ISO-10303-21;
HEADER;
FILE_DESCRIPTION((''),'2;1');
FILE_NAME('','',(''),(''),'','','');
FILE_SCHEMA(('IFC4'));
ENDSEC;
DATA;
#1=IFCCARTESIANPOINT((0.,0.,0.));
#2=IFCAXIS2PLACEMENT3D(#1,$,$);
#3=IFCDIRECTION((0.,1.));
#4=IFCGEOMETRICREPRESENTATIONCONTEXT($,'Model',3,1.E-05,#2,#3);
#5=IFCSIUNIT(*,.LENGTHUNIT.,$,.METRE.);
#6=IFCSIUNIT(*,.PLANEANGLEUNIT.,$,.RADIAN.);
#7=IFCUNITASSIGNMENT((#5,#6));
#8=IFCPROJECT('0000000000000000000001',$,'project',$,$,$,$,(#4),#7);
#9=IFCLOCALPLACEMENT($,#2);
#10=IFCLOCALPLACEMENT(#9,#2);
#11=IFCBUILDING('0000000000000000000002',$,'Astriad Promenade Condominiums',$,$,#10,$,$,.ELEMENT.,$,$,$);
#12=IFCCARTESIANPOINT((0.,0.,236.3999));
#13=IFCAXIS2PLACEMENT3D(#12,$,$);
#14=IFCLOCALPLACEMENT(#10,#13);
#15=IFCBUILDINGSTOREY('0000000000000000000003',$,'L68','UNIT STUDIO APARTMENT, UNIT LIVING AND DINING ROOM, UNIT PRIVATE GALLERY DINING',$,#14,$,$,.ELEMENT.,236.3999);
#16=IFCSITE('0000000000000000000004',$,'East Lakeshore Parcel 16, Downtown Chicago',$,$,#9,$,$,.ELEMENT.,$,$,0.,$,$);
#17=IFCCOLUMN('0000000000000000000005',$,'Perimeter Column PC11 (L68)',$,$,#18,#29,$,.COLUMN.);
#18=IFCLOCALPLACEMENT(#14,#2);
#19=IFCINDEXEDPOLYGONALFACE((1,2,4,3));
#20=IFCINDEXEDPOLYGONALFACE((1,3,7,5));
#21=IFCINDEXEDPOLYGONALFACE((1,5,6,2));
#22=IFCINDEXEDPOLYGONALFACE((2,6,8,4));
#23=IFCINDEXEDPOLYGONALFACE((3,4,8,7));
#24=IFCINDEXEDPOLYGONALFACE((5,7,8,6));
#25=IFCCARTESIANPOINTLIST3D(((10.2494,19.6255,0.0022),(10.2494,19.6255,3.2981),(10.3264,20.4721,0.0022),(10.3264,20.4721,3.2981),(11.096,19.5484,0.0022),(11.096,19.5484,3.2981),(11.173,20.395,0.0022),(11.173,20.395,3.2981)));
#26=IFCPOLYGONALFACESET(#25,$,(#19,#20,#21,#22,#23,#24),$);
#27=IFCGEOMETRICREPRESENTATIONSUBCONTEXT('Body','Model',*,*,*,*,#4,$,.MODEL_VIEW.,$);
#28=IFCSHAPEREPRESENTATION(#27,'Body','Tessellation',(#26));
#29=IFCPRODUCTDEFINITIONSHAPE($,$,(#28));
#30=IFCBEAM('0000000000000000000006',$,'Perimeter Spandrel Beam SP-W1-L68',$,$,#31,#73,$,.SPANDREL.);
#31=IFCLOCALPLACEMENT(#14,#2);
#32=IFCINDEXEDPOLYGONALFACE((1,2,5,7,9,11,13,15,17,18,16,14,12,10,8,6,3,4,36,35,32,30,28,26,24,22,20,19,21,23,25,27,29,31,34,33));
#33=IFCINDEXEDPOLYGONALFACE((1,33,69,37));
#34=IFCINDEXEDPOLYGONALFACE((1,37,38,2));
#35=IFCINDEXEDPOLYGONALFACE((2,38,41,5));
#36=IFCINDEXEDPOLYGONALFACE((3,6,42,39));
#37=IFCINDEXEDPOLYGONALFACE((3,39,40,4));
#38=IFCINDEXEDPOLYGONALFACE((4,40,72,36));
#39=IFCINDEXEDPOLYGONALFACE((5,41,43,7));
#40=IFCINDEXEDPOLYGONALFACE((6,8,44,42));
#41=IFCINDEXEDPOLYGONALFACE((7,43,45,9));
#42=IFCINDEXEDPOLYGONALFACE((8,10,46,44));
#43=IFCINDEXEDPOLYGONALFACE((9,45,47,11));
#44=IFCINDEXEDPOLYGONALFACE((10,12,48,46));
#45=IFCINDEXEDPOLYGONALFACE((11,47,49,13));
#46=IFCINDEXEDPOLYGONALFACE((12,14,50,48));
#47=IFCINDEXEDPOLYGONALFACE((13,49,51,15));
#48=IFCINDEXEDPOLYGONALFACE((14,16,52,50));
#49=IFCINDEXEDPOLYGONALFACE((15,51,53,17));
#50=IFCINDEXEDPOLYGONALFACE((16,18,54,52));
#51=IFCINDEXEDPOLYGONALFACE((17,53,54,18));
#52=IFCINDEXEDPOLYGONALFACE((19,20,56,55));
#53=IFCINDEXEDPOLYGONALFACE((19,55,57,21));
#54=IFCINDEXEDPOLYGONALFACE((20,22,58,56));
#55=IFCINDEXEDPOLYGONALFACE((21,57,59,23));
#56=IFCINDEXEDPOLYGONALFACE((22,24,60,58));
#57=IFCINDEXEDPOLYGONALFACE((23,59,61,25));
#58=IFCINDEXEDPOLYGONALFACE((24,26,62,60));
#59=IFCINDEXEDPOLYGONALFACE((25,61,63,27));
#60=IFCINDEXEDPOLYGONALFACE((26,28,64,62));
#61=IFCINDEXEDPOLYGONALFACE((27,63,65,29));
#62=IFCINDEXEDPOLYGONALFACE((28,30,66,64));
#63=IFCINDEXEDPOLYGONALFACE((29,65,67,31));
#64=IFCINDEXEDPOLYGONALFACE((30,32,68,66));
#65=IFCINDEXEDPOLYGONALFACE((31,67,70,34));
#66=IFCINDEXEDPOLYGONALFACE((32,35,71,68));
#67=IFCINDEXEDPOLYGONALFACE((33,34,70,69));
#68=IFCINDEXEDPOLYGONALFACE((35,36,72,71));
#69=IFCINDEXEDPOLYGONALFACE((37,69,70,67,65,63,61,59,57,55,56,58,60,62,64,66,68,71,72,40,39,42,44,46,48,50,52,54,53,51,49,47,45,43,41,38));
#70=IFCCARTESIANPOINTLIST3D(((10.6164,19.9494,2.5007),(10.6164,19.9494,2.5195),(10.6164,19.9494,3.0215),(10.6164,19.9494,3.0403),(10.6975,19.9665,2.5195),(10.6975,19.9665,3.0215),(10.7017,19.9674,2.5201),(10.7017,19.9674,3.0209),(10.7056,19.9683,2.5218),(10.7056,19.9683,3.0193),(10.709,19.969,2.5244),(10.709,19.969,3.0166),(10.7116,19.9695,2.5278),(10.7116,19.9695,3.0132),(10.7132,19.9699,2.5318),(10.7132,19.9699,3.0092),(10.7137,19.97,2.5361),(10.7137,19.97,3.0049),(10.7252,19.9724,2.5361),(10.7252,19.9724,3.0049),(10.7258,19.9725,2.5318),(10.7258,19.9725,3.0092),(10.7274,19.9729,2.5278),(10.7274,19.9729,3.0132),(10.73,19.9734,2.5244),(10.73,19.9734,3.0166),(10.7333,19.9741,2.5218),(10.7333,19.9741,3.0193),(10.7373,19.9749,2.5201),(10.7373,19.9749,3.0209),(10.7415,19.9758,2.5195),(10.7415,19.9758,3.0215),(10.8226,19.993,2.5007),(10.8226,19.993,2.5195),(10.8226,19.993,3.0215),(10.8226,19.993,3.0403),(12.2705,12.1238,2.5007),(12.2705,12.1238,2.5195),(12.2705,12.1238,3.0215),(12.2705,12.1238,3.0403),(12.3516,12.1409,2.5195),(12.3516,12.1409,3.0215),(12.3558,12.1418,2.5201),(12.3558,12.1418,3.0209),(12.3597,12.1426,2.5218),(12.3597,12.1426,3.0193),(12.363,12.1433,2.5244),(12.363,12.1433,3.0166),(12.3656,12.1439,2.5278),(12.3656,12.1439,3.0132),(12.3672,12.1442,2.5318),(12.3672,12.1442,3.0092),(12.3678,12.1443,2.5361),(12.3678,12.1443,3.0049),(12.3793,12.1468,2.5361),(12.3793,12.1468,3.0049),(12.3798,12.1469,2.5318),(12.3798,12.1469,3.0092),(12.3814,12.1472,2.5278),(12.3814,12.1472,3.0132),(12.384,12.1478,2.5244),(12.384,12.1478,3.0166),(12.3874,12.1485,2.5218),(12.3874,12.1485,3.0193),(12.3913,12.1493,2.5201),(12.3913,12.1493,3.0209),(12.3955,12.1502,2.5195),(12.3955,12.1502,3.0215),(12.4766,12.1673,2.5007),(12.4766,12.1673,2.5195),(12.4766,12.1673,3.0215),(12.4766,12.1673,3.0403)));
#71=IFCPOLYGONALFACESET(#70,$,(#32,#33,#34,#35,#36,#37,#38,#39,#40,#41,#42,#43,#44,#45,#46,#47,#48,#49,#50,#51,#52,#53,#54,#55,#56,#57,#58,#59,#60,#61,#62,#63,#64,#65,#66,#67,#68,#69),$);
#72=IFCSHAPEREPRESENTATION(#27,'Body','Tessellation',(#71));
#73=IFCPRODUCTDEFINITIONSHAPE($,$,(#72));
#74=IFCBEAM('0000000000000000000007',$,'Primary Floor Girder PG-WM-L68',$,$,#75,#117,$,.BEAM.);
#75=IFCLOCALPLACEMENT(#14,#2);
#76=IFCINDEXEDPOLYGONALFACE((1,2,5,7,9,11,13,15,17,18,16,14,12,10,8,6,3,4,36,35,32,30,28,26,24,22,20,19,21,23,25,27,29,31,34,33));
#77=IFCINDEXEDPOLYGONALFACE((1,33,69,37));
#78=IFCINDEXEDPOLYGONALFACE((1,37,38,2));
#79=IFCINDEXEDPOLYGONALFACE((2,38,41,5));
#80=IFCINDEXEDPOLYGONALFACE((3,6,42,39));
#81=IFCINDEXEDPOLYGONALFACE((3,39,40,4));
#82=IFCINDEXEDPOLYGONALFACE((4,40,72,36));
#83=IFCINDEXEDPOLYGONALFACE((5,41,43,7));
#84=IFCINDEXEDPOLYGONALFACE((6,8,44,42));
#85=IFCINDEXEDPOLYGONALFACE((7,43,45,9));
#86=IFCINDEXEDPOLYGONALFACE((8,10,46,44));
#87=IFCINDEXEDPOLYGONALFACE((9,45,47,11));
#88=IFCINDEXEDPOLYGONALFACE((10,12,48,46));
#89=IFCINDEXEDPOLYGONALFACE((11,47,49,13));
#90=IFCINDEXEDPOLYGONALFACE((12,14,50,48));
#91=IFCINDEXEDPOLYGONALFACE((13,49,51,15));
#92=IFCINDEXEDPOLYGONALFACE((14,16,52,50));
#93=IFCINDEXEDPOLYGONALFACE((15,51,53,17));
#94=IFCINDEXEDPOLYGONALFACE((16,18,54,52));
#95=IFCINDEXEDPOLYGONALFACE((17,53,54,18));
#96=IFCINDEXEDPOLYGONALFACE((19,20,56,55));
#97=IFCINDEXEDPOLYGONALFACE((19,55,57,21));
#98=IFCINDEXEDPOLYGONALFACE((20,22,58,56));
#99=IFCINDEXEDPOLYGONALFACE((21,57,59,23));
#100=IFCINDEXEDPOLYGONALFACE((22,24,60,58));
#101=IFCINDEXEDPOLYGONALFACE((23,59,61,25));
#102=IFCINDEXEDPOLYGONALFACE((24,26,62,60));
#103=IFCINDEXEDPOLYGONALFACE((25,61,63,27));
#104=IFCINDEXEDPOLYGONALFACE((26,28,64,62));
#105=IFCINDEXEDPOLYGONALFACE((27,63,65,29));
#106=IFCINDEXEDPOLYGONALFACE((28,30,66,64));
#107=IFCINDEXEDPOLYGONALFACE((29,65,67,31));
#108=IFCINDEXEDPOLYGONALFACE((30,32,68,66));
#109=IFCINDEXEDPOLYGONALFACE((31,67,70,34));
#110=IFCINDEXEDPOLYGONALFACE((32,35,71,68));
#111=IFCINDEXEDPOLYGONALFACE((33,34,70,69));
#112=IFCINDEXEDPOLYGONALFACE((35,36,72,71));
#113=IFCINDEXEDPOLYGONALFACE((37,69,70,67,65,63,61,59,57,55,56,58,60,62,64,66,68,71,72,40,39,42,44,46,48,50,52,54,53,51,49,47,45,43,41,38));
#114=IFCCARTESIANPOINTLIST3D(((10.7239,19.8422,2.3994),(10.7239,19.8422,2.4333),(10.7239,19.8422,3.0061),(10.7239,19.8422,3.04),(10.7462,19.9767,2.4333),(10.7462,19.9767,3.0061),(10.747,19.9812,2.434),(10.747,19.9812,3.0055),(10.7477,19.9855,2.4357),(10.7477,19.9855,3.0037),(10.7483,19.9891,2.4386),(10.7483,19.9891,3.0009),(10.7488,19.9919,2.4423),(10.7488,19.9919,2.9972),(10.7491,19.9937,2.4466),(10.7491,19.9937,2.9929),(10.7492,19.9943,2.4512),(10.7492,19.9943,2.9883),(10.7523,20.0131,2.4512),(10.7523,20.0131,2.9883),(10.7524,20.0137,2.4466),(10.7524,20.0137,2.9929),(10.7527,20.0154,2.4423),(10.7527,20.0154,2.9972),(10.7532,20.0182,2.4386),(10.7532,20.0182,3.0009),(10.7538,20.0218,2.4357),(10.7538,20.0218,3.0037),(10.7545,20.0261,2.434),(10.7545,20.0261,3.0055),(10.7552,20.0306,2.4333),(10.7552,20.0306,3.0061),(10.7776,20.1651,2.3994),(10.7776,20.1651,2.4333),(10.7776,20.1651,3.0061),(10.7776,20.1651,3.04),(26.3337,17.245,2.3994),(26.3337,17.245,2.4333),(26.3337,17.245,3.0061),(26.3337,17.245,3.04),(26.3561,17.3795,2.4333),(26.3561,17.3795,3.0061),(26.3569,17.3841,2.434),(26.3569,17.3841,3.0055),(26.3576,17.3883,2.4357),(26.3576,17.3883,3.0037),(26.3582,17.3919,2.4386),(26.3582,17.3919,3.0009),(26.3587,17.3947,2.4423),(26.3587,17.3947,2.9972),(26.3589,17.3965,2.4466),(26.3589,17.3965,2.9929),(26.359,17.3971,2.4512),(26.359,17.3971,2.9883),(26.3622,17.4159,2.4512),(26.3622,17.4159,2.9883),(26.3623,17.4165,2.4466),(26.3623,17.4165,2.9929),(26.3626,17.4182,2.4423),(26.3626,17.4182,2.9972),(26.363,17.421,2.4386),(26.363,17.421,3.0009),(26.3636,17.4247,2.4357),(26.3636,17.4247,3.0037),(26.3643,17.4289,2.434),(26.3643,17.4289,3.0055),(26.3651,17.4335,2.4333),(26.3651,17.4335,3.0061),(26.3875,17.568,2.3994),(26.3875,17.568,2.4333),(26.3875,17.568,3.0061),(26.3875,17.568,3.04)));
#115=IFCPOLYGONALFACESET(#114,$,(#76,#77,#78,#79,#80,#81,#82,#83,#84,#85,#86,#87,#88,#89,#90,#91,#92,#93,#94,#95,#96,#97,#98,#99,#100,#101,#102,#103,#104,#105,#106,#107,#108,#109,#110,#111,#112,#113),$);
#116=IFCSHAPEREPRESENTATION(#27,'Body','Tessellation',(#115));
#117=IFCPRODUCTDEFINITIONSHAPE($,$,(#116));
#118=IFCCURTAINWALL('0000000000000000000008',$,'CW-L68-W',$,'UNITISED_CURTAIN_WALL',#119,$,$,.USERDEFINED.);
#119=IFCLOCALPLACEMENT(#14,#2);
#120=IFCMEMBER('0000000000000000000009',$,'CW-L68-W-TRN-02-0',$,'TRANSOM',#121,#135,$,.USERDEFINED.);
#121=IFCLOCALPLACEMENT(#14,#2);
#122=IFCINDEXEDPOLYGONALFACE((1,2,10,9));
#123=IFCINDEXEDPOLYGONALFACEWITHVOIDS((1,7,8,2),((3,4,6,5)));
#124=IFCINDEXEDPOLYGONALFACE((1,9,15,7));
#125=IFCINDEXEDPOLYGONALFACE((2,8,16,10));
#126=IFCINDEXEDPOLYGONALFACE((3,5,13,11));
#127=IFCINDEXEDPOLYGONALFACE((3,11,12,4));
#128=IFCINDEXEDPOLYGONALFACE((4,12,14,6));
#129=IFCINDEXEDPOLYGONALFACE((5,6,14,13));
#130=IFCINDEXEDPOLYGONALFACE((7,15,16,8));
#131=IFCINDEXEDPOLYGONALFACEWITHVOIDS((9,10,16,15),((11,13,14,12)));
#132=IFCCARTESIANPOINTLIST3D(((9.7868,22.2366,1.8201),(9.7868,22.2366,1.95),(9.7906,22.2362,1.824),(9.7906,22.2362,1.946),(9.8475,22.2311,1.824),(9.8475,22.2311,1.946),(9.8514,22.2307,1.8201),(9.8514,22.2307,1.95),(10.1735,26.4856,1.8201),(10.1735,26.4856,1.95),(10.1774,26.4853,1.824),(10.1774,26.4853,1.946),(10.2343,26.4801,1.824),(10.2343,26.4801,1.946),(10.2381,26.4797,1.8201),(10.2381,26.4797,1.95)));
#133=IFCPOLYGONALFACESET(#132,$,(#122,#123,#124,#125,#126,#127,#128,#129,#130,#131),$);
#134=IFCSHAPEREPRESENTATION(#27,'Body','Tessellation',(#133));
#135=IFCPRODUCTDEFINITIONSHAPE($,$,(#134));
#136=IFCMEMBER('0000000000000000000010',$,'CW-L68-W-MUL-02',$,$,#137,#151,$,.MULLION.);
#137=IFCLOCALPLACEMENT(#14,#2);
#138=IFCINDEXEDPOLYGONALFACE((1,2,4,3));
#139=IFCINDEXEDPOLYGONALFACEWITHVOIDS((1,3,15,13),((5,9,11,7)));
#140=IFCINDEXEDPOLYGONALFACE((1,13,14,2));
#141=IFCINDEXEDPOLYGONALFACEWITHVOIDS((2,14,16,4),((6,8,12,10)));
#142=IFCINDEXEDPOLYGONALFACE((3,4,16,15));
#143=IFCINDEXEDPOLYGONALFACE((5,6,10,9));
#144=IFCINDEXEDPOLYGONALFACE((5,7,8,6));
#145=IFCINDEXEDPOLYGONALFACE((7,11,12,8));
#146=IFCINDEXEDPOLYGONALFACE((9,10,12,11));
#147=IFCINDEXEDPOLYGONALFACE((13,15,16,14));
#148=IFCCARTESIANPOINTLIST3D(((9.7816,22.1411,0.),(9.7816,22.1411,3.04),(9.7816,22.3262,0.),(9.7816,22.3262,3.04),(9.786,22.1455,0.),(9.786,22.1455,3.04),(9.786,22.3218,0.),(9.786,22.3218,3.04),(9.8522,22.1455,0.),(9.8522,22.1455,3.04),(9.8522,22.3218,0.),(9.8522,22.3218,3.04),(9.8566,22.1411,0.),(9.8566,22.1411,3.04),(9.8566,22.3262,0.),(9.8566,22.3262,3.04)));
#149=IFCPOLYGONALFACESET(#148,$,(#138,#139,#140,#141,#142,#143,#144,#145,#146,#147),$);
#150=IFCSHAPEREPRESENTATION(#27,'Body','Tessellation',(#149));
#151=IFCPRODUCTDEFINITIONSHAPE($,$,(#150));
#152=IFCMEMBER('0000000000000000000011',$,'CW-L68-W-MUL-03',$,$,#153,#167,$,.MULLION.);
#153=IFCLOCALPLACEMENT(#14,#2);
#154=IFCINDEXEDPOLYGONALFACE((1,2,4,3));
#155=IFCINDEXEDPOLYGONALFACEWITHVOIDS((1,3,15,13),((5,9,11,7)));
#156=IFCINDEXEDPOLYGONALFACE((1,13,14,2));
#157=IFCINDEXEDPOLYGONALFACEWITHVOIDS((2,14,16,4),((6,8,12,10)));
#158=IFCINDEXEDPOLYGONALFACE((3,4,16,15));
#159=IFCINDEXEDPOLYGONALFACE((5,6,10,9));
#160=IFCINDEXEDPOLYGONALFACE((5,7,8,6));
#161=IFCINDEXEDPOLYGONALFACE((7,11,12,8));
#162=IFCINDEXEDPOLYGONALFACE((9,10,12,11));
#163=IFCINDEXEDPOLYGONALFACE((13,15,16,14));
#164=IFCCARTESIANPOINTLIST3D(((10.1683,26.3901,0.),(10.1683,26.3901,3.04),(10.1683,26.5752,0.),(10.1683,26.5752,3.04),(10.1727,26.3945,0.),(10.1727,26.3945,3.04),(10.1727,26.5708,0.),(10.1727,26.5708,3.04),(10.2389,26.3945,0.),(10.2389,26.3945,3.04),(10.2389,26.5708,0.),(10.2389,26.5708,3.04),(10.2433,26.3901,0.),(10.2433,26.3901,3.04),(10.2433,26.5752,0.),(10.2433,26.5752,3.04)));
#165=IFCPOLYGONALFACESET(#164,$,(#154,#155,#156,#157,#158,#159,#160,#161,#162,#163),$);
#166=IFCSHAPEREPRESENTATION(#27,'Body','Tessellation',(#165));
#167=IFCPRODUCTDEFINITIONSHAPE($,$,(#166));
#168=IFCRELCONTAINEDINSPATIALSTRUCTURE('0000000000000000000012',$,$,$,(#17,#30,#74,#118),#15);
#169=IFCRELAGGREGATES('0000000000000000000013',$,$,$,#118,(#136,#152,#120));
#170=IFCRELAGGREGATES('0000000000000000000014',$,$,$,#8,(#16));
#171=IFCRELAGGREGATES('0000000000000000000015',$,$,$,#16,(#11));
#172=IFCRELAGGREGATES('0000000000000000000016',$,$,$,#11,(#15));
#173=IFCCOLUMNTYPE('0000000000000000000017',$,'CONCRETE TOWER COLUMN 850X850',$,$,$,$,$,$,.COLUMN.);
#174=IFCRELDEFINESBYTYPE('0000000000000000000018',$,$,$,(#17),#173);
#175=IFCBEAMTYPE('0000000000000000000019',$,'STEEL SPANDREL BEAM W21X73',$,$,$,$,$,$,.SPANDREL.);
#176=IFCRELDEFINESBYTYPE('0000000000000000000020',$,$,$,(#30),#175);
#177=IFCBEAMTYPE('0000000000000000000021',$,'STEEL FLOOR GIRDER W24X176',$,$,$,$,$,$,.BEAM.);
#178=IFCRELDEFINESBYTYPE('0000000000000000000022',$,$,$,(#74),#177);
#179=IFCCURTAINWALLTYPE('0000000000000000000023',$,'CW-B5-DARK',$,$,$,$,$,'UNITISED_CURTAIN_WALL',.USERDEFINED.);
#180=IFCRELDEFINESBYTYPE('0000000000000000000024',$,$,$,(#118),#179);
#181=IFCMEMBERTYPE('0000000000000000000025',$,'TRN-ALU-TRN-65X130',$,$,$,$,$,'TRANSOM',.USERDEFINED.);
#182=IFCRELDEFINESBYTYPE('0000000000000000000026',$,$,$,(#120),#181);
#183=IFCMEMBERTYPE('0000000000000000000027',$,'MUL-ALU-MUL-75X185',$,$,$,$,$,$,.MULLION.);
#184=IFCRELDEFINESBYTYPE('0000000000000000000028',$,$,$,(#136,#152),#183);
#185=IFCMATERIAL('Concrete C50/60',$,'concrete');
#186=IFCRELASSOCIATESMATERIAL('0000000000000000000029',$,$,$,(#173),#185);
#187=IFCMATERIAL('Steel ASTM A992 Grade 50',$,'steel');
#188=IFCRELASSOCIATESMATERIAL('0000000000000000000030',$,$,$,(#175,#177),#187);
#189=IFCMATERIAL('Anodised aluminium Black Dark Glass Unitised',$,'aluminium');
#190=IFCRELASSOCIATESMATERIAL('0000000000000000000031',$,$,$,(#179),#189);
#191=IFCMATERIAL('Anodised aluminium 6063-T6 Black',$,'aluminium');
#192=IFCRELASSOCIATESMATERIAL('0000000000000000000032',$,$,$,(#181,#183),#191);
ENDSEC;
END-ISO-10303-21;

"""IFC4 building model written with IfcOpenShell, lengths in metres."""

from ifc_helpers import new_model, si_unit, direction, frame, origin, origin_2d, place, context, subcontext, project, spatial, rectangle, hollow_rectangle, i_section, extrude, source, transform, mapped, material, material_profile, profile_set, type_object, type_shapes, element, aggregate, save


model = new_model("IFC4")

# Units and contexts
model_context = context("Model", 3, precision=1e-05, world=origin(), true_north=direction((0.0, 1.0)))
body_context = subcontext(model_context, "Body", "Model", "MODEL_VIEW")
ifc_project = project(units=[si_unit("LENGTHUNIT", "METRE"), si_unit("PLANEANGLEUNIT", "RADIAN")], contexts=[model_context])

# Site, building, storey
site_placement = place(None, origin())
site = spatial("IfcSite", under=ifc_project, at=site_placement, Name="East Lakeshore Parcel 16, Downtown Chicago", CompositionType="ELEMENT", RefElevation=0.0)
building_placement = place(site_placement, origin())
building = spatial("IfcBuilding", under=site, at=building_placement, Name="Astriad Promenade Condominiums", CompositionType="ELEMENT")
storey_placement = place(building_placement, frame((0.0, 0.0, 236.3999)))
storey = spatial("IfcBuildingStorey", under=building, at=storey_placement, Name="L68", Description="UNIT STUDIO APARTMENT, UNIT LIVING AND DINING ROOM, UNIT PRIVATE GALLERY DINING", CompositionType="ELEMENT", Elevation=236.3999)

# Column
ifc_material_1 = material(Name="Concrete C50/60", Category="concrete")
ifc_material_profile_1 = material_profile(ifc_material_1, rectangle(XDim=0.8501, YDim=0.8501, at=origin_2d()), Name="RC-COL-850X850")
ifc_profile_set_1 = profile_set([ifc_material_profile_1], Name="Concrete C50/60")
column_type = type_object("IfcColumnType", Name="CONCRETE TOWER COLUMN 850X850", PredefinedType="COLUMN", material=ifc_profile_set_1)
shared_shape_1 = source(origin(), body_context, "Body", "SweptSolid", [
    extrude(rectangle(XDim=0.8501, YDim=0.8501, at=origin_2d()), origin(), (0.0, 0.0, 1.0), 3.2959),
])
type_shapes(column_type, [shared_shape_1])
column_placement = place(storey_placement, frame((10.7112, 20.0103, 0.0022), z_axis=(0.0, 0.0, 1.0), x_axis=(0.995884, -0.090633, 0.0)))
element("IfcColumn", 1, at=column_placement, inside=storey, type_object=column_type, Name="Perimeter Column PC11 (L68)", PredefinedType="COLUMN", context=body_context, shape_type="MappedRepresentation", body=[
    mapped(shared_shape_1, transform((0.0, 0.0, 0.0), scale=1.0)),
])

# Beams
ifc_material_2 = material(Name="Steel ASTM A992 Grade 50", Category="steel")
ifc_material_profile_2 = material_profile(ifc_material_2, i_section(OverallWidth=0.2107, OverallDepth=0.5396, WebThickness=0.0117, FlangeThickness=0.0188, FilletRadius=0.0166, at=origin_2d()), Name="W21X73")
ifc_profile_set_2 = profile_set([ifc_material_profile_2], Name="Steel ASTM A992 Grade 50")
beam_type_1 = type_object("IfcBeamType", Name="STEEL SPANDREL BEAM W21X73", PredefinedType="SPANDREL", material=ifc_profile_set_2)
shared_shape_2 = source(origin(), body_context, "Body", "SweptSolid", [
    extrude(i_section(OverallWidth=0.2107, OverallDepth=0.5396, WebThickness=0.0117, FlangeThickness=0.0188, FilletRadius=0.0166, at=origin_2d()), origin(), (0.0, 0.0, 1.0), 7.9985),
])
type_shapes(beam_type_1, [shared_shape_2])
beam_1_placement = place(storey_placement, frame((10.7195, 19.9712, 2.7705), z_axis=(0.206793, -0.978385, 0.0), x_axis=(0.978385, 0.206793, 0.0)))
element("IfcBeam", 2, at=beam_1_placement, inside=storey, type_object=beam_type_1, Name="Perimeter Spandrel Beam SP-W1-L68", PredefinedType="SPANDREL", context=body_context, shape_type="MappedRepresentation", body=[
    mapped(shared_shape_2, transform((0.0, 0.0, 0.0), scale=1.0)),
])
ifc_material_profile_3 = material_profile(ifc_material_2, i_section(OverallWidth=0.3274, OverallDepth=0.6406, WebThickness=0.019, FlangeThickness=0.0339, FilletRadius=0.0178, at=origin_2d()), Name="W24X176")
ifc_profile_set_3 = profile_set([ifc_material_profile_3], Name="Steel ASTM A992 Grade 50")
beam_type_2 = type_object("IfcBeamType", Name="STEEL FLOOR GIRDER W24X176", PredefinedType="BEAM", material=ifc_profile_set_3)
shared_shape_3 = source(origin(), body_context, "Body", "SweptSolid", [
    extrude(i_section(OverallWidth=0.3274, OverallDepth=0.6406, WebThickness=0.019, FlangeThickness=0.0339, FilletRadius=0.0178, at=origin_2d()), origin(), (0.0, 0.0, 1.0), 15.8245),
])
type_shapes(beam_type_2, [shared_shape_3])
beam_2_placement = place(storey_placement, frame((10.7507, 20.0037, 2.7197), z_axis=(0.98644, -0.164124, 0.0), x_axis=(0.164124, 0.98644, 0.0)))
element("IfcBeam", 3, at=beam_2_placement, inside=storey, type_object=beam_type_2, Name="Primary Floor Girder PG-WM-L68", PredefinedType="BEAM", context=body_context, shape_type="MappedRepresentation", body=[
    mapped(shared_shape_3, transform((0.0, 0.0, 0.0), scale=1.0)),
])

# Curtain wall, members
ifc_material_3 = material(Name="Anodised aluminium Black Dark Glass Unitised", Category="aluminium")
curtain_wall_type = type_object("IfcCurtainWallType", Name="CW-B5-DARK", ElementType="UNITISED_CURTAIN_WALL", PredefinedType="USERDEFINED", material=ifc_material_3)
curtain_wall_placement = place(storey_placement, origin())
curtain_wall = element("IfcCurtainWall", 4, at=curtain_wall_placement, inside=storey, type_object=curtain_wall_type, Name="CW-L68-W", ObjectType="UNITISED_CURTAIN_WALL", PredefinedType="USERDEFINED")
ifc_material_4 = material(Name="Anodised aluminium 6063-T6 Black", Category="aluminium")
ifc_material_profile_4 = material_profile(ifc_material_4, hollow_rectangle(XDim=0.0649, YDim=0.1299, WallThickness=0.0039, at=origin_2d()), Name="ALU-TRN-65X130")
ifc_profile_set_4 = profile_set([ifc_material_profile_4], Name="Anodised aluminium 6063-T6 Black")
member_type_1 = type_object("IfcMemberType", Name="TRN-ALU-TRN-65X130", ElementType="TRANSOM", PredefinedType="USERDEFINED", material=ifc_profile_set_4)
shared_shape_4 = source(origin(), body_context, "Body", "SweptSolid", [
    extrude(hollow_rectangle(XDim=0.0649, YDim=0.1299, WallThickness=0.0039, at=origin_2d()), origin(), (0.0, 0.0, 1.0), 4.2666),
])
type_shapes(member_type_1, [shared_shape_4])
member_1_placement = place(storey_placement, frame((9.8191, 22.2336, 1.885), z_axis=(0.090639, 0.995884, 0.0), x_axis=(-0.995884, 0.090639, 0.0)))
member_1 = element("IfcMember", 5, at=member_1_placement, type_object=member_type_1, Name="CW-L68-W-TRN-02-0", ObjectType="TRANSOM", PredefinedType="USERDEFINED", context=body_context, shape_type="MappedRepresentation", body=[
    mapped(shared_shape_4, transform((0.0, 0.0, 0.0), scale=1.0)),
])
ifc_material_profile_5 = material_profile(ifc_material_4, hollow_rectangle(XDim=0.075, YDim=0.1851, WallThickness=0.0044, at=origin_2d()), Name="ALU-MUL-75X185")
ifc_profile_set_5 = profile_set([ifc_material_profile_5], Name="Anodised aluminium 6063-T6 Black")
member_type_2 = type_object("IfcMemberType", Name="MUL-ALU-MUL-75X185", PredefinedType="MULLION", material=ifc_profile_set_5)
shared_shape_5 = source(origin(), body_context, "Body", "SweptSolid", [
    extrude(hollow_rectangle(XDim=0.075, YDim=0.1851, WallThickness=0.0044, at=origin_2d()), origin(), (0.0, 0.0, 1.0), 3.04),
])
type_shapes(member_type_2, [shared_shape_5])
member_2_placement = place(storey_placement, frame((9.8191, 22.2336, 0.0), z_axis=(0.0, 0.0, 1.0), x_axis=(1.0, 0.0, 0.0)))
member_2 = element("IfcMember", 6, at=member_2_placement, type_object=member_type_2, Name="CW-L68-W-MUL-02", PredefinedType="MULLION", context=body_context, shape_type="MappedRepresentation", body=[
    mapped(shared_shape_5, transform((0.0, 0.0, 0.0), scale=1.0)),
])
member_3_placement = place(storey_placement, frame((10.2058, 26.4827, 0.0), z_axis=(0.0, 0.0, 1.0), x_axis=(1.0, 0.0, 0.0)))
member_3 = element("IfcMember", 7, at=member_3_placement, type_object=member_type_2, Name="CW-L68-W-MUL-03", PredefinedType="MULLION", context=body_context, shape_type="MappedRepresentation", body=[
    mapped(shared_shape_5, transform((0.0, 0.0, 0.0), scale=1.0)),
])
aggregate(curtain_wall, [member_2, member_3, member_1])

save(model, "model.ifc")
